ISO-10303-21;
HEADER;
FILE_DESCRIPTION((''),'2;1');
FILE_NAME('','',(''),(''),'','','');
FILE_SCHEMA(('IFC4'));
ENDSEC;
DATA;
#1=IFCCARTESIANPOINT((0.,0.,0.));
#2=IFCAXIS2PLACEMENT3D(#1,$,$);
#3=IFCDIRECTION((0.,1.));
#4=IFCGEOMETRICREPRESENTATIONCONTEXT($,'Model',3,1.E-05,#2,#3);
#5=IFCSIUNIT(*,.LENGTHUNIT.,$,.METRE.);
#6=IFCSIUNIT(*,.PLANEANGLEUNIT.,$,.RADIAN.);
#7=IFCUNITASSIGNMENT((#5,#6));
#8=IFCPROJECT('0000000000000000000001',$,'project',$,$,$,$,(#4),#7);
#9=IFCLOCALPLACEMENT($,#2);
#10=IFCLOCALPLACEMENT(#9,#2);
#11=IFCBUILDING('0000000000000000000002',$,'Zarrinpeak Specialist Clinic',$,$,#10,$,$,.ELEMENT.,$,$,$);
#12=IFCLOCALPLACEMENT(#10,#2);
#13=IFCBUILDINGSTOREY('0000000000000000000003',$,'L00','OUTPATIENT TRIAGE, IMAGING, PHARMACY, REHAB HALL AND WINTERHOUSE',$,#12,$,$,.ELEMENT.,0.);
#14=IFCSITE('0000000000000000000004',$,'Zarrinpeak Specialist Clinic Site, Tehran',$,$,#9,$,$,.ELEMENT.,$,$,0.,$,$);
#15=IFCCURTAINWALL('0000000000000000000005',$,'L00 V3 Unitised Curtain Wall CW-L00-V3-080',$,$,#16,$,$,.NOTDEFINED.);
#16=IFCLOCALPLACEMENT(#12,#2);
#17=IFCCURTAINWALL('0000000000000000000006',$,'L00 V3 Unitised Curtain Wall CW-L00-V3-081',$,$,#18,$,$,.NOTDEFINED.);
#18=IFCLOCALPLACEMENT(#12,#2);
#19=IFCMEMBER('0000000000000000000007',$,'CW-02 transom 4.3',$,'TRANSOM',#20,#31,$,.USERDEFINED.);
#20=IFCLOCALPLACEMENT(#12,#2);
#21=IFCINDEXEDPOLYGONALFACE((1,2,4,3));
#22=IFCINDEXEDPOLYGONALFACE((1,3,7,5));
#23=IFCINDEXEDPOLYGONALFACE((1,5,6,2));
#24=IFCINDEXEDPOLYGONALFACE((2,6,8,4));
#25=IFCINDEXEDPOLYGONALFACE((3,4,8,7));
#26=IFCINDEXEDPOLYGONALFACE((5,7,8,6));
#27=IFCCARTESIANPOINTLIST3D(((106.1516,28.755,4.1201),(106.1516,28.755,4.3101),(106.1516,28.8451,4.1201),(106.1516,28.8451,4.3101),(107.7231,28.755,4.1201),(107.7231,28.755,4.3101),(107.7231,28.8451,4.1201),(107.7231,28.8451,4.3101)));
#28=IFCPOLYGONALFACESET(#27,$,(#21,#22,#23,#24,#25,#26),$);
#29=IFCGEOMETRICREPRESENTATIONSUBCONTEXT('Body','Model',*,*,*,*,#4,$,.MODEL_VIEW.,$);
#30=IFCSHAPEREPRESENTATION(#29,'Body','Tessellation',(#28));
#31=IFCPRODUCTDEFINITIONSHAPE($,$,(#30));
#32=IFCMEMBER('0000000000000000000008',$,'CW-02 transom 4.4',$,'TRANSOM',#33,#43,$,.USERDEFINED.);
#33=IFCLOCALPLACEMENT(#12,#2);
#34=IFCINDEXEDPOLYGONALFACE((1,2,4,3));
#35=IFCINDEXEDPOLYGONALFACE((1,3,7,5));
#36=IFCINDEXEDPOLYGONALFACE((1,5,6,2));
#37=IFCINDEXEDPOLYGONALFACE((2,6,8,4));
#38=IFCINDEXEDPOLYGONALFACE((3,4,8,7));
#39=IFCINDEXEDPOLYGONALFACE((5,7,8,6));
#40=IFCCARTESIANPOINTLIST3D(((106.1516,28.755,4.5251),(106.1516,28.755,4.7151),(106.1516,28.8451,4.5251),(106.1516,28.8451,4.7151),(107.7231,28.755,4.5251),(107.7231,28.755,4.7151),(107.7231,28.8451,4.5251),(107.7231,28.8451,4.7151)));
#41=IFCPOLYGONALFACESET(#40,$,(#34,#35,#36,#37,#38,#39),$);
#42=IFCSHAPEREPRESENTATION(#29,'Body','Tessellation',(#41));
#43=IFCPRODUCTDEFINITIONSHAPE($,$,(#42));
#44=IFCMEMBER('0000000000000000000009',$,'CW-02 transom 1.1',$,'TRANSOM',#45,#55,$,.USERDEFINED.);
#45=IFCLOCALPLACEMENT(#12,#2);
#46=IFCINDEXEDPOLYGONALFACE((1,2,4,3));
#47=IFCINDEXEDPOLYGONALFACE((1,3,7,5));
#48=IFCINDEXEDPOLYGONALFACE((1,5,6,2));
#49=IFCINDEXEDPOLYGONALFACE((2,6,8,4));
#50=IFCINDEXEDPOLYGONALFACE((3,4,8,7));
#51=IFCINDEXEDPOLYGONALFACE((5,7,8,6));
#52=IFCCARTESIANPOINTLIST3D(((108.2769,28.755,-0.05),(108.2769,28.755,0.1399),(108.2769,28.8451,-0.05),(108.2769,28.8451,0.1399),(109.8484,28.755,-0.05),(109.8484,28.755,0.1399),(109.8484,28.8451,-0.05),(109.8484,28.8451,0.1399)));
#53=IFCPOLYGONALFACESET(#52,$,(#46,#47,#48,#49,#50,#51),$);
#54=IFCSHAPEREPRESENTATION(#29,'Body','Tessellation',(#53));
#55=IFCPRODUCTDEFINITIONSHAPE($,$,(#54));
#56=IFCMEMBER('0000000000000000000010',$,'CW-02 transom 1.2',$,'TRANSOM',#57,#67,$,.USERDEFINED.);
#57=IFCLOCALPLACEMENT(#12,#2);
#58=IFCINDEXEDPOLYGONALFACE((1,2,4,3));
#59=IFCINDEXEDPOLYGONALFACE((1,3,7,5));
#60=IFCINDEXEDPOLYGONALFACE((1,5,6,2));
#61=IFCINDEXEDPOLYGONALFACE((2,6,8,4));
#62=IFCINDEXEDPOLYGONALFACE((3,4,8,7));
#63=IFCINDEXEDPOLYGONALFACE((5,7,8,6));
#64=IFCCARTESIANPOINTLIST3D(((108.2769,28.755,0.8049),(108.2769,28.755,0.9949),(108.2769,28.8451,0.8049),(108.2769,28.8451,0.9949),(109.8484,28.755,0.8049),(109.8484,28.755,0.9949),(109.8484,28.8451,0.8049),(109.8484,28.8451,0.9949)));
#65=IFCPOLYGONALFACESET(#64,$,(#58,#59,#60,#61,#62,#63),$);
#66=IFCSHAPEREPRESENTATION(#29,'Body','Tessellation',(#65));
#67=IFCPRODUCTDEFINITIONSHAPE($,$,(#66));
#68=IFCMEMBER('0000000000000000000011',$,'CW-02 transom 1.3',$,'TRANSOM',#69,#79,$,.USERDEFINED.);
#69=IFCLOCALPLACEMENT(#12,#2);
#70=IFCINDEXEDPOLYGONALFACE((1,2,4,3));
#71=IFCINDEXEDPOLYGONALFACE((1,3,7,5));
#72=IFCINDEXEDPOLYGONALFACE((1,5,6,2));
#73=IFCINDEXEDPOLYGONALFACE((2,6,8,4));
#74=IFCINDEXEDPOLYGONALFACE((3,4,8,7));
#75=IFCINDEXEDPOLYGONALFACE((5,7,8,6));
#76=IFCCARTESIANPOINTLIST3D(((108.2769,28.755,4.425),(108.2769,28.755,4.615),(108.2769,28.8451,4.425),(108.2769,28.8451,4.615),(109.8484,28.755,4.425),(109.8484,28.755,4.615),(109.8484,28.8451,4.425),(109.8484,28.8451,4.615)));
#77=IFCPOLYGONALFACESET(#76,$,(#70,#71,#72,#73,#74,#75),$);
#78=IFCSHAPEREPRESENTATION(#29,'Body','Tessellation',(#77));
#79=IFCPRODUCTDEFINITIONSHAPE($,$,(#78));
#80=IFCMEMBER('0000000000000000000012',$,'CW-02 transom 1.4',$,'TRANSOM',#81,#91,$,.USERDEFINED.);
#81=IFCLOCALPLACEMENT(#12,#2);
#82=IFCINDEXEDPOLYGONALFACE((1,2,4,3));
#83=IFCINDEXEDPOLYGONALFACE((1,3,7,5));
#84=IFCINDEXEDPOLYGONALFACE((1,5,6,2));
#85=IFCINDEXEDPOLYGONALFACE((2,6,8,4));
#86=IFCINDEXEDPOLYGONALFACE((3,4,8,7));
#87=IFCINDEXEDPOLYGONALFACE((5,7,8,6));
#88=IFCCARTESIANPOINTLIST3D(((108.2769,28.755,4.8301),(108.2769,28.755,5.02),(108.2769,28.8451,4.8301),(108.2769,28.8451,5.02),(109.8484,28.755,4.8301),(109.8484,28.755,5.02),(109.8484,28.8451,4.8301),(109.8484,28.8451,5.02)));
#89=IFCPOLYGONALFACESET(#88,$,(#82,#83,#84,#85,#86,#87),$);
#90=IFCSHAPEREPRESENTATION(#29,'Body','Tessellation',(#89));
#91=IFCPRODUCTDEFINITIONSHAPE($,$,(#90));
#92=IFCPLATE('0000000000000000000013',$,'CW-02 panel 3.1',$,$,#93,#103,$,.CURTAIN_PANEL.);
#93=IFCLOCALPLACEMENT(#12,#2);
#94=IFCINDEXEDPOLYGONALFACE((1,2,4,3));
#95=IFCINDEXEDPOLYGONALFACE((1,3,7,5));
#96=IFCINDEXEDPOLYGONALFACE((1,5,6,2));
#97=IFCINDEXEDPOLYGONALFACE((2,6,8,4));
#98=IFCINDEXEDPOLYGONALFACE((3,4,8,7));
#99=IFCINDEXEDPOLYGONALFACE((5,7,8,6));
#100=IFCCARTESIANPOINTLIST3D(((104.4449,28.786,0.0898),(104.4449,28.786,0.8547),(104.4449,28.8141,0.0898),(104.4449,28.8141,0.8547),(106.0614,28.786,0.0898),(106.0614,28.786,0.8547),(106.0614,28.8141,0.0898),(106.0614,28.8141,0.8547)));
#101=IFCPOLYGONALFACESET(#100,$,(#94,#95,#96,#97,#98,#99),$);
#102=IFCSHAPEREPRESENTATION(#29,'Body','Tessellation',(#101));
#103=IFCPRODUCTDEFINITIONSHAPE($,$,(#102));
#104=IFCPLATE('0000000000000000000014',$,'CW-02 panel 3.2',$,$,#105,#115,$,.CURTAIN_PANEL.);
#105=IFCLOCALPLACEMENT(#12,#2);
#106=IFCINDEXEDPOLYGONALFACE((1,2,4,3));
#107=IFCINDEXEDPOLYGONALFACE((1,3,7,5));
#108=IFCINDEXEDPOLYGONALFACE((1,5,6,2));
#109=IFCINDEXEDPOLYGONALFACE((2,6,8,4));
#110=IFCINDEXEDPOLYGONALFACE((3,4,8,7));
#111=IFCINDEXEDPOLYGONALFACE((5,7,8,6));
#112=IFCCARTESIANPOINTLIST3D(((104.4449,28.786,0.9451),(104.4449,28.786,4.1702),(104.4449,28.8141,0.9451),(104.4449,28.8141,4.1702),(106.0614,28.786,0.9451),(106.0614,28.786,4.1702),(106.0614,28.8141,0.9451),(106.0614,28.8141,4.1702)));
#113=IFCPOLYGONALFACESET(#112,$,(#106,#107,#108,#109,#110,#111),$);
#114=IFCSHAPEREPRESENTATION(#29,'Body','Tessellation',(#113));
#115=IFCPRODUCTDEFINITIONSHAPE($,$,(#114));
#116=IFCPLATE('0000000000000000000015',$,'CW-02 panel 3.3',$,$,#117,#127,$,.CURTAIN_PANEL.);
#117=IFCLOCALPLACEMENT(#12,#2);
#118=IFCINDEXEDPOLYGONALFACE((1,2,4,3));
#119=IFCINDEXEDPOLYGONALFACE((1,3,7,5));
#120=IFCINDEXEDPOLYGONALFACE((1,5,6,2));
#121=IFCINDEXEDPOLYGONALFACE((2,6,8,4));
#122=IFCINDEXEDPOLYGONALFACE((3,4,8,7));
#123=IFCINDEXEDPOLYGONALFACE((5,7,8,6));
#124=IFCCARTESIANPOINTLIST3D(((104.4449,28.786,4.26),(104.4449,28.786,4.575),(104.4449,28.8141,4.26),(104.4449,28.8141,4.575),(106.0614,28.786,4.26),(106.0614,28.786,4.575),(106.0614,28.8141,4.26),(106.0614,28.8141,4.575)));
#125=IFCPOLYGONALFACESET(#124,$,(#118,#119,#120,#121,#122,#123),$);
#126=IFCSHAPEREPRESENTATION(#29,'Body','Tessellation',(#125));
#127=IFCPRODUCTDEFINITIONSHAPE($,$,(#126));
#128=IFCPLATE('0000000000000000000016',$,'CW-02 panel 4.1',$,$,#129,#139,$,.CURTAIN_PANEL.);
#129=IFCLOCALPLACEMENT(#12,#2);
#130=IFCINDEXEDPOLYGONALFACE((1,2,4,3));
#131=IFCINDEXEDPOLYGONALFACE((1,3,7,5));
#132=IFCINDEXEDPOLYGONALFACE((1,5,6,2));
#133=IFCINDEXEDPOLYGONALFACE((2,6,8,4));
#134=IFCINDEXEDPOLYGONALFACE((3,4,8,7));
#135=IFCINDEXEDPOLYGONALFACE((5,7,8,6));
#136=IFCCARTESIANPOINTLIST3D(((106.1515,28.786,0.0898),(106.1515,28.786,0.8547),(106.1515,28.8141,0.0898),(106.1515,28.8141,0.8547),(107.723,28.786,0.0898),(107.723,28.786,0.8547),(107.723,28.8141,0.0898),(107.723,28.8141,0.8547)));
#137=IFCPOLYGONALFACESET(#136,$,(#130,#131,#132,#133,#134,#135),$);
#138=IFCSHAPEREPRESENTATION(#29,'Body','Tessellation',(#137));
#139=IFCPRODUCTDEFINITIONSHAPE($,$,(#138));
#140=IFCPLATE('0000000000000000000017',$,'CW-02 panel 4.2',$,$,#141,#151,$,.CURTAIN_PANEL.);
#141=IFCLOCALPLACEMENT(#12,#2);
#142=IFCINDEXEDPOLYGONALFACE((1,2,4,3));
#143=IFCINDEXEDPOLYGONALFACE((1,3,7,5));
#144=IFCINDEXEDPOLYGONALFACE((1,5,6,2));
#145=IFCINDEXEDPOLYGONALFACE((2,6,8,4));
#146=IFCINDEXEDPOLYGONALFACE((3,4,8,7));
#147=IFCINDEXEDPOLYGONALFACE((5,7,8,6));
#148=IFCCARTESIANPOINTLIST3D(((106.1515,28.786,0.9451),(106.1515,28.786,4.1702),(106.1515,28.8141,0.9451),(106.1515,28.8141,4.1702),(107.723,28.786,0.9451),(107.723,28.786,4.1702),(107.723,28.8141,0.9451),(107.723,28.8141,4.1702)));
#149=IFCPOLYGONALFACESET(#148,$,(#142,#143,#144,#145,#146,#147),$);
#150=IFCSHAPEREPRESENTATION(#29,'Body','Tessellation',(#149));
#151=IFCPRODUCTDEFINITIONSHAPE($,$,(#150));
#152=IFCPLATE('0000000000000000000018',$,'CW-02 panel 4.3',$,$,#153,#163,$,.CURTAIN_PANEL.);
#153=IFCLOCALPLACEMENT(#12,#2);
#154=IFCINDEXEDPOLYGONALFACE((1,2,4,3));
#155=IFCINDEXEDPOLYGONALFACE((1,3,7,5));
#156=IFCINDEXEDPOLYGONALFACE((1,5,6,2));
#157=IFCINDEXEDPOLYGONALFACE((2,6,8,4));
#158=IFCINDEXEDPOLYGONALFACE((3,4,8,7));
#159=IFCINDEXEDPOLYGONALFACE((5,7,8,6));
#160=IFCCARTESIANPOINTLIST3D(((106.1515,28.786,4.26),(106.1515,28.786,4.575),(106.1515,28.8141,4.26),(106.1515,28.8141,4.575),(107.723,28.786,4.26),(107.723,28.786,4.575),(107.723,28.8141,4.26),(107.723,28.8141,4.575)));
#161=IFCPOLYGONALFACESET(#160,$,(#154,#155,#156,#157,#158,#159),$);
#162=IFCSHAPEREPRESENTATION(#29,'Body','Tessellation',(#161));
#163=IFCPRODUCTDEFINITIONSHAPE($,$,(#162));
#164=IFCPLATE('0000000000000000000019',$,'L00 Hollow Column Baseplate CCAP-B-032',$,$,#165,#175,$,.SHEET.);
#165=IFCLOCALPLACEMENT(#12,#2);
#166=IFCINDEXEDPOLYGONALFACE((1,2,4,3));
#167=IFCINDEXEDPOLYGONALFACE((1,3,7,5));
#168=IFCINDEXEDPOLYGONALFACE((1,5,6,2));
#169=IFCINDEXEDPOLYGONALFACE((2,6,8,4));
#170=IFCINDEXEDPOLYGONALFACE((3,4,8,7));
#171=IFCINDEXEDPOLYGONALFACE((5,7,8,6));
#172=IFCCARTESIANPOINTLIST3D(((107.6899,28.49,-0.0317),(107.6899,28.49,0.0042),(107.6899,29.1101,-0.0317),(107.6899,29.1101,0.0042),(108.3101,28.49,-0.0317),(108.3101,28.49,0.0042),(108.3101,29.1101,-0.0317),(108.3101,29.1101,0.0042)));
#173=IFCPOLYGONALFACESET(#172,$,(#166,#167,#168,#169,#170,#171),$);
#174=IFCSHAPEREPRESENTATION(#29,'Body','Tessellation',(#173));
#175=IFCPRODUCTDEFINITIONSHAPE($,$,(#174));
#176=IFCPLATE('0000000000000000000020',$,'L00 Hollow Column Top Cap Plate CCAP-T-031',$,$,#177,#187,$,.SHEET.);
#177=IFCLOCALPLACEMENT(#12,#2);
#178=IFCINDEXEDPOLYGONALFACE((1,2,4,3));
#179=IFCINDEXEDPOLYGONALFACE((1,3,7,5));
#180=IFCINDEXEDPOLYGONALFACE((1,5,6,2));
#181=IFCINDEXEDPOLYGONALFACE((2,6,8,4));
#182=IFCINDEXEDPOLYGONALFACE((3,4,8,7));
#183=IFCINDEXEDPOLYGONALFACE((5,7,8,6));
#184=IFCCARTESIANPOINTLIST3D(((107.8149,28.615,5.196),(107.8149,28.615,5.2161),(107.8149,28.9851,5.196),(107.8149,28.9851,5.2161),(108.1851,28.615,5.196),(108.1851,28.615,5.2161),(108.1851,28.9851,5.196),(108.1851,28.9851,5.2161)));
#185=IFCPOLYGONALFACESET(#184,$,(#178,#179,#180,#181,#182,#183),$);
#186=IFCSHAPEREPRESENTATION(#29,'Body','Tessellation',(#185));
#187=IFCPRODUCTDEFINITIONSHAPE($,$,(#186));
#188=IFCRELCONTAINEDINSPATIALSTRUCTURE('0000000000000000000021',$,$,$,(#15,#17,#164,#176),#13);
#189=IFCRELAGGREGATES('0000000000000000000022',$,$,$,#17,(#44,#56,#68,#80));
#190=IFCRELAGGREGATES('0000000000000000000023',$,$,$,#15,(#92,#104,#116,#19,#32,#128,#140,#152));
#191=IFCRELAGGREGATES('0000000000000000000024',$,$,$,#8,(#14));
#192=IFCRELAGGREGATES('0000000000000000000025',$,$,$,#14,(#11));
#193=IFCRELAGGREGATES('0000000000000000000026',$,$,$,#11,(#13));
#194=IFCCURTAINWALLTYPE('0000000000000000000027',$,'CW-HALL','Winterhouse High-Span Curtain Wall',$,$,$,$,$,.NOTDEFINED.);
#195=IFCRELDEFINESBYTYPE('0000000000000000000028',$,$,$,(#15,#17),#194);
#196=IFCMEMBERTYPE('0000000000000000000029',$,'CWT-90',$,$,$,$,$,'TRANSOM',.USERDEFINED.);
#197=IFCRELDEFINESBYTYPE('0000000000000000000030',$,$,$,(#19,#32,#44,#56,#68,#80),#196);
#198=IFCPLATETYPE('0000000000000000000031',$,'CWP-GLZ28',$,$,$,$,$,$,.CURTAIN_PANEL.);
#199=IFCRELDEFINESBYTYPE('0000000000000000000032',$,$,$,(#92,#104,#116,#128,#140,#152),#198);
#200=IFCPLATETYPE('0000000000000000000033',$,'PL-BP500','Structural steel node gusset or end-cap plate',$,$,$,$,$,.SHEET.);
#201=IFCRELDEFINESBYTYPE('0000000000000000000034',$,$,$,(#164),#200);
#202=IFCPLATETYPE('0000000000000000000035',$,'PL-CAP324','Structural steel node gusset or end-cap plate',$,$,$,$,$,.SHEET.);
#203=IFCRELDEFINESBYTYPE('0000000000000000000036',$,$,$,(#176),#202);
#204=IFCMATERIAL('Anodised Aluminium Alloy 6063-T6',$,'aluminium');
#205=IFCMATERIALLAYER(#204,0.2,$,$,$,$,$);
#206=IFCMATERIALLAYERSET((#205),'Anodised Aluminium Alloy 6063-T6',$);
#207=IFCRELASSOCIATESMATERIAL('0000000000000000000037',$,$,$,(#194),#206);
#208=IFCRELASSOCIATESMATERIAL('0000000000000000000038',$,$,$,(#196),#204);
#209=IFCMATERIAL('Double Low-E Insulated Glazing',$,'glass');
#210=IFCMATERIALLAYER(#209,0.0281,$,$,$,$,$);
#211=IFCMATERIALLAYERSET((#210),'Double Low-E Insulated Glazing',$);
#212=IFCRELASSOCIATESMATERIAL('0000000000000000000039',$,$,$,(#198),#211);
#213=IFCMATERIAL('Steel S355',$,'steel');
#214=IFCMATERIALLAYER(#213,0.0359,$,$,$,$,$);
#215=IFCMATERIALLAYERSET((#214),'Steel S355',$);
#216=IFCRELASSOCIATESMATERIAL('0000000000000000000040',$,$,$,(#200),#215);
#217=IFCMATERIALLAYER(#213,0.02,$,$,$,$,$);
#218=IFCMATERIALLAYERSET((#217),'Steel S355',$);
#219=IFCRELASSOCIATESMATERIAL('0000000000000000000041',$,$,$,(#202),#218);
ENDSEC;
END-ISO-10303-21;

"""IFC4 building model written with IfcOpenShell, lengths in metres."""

from ifc_helpers import new_model, si_unit, direction, frame, origin, origin_2d, place, context, subcontext, project, spatial, rectangle, extrude, material, layer, layer_set, material_profile, profile_set, type_object, element, aggregate, save


model = new_model("IFC4")

# Units and contexts
model_context = context("Model", 3, precision=1e-05, world=origin(), true_north=direction((0.0, 1.0)))
body_context = subcontext(model_context, "Body", "Model", "MODEL_VIEW")
ifc_project = project(units=[si_unit("LENGTHUNIT", "METRE"), si_unit("PLANEANGLEUNIT", "RADIAN")], contexts=[model_context])

# Site, building, storey
site_placement = place(None, origin())
site = spatial("IfcSite", under=ifc_project, at=site_placement, Name="Zarrinpeak Specialist Clinic Site, Tehran", CompositionType="ELEMENT", RefElevation=0.0)
building_placement = place(site_placement, origin())
building = spatial("IfcBuilding", under=site, at=building_placement, Name="Zarrinpeak Specialist Clinic", CompositionType="ELEMENT")
storey_placement = place(building_placement, origin())
storey = spatial("IfcBuildingStorey", under=building, at=storey_placement, Name="L00", Description="OUTPATIENT TRIAGE, IMAGING, PHARMACY, REHAB HALL AND WINTERHOUSE", CompositionType="ELEMENT", Elevation=0.0)

# Shared definitions
ifc_material_1 = material(Name="Steel S355", Category="steel")

# Curtain wall
ifc_material_2 = material(Name="Anodised Aluminium Alloy 6063-T6", Category="aluminium")
ifc_layer_1 = layer(ifc_material_2, 0.2)
ifc_layer_set_1 = layer_set([ifc_layer_1], Name="Anodised Aluminium Alloy 6063-T6")
curtain_wall_type = type_object("IfcCurtainWallType", Name="CW-HALL", Description="Winterhouse High-Span Curtain Wall", PredefinedType="NOTDEFINED", material=ifc_layer_set_1)
curtain_wall_1_placement = place(storey_placement, origin())
curtain_wall_1 = element("IfcCurtainWall", 1, at=curtain_wall_1_placement, inside=storey, type_object=curtain_wall_type, Name="L00 V3 Unitised Curtain Wall CW-L00-V3-080", PredefinedType="NOTDEFINED")

# Curtain wall
curtain_wall_2_placement = place(storey_placement, origin())
curtain_wall_2 = element("IfcCurtainWall", 2, at=curtain_wall_2_placement, inside=storey, type_object=curtain_wall_type, Name="L00 V3 Unitised Curtain Wall CW-L00-V3-081", PredefinedType="NOTDEFINED")

# Members
ifc_material_profile_1 = material_profile(ifc_material_2, rectangle(XDim=0.0901, YDim=0.1899, at=origin_2d()), Name="ALU 90x190")
ifc_profile_set_1 = profile_set([ifc_material_profile_1], Name="Anodised Aluminium Alloy 6063-T6")
member_type_1 = type_object("IfcMemberType", Name="CWT-90", ElementType="TRANSOM", PredefinedType="USERDEFINED", material=ifc_profile_set_1)
member_1_placement = place(storey_placement, frame((106.1516, 28.8, 4.2151), z_axis=(1.0, 0.0, 0.0), x_axis=(0.0, 1.0, 0.0)))
member_1 = element("IfcMember", 3, at=member_1_placement, type_object=member_type_1, Name="CW-02 transom 4.3", ObjectType="TRANSOM", PredefinedType="USERDEFINED", context=body_context, shape_type="SweptSolid", body=[
    extrude(rectangle(XDim=0.0901, YDim=0.1899, at=origin_2d()), origin(), (0.0, 0.0, 1.0), 1.5715),
])
member_2_placement = place(storey_placement, frame((106.1516, 28.8, 4.6201), z_axis=(1.0, 0.0, 0.0), x_axis=(0.0, 1.0, 0.0)))
member_2 = element("IfcMember", 4, at=member_2_placement, type_object=member_type_1, Name="CW-02 transom 4.4", ObjectType="TRANSOM", PredefinedType="USERDEFINED", context=body_context, shape_type="SweptSolid", body=[
    extrude(rectangle(XDim=0.0901, YDim=0.1899, at=origin_2d()), origin(), (0.0, 0.0, 1.0), 1.5715),
])
member_3_placement = place(storey_placement, frame((108.2769, 28.8, 0.0449), z_axis=(1.0, 0.0, 0.0), x_axis=(0.0, 1.0, 0.0)))
member_3 = element("IfcMember", 5, at=member_3_placement, type_object=member_type_1, Name="CW-02 transom 1.1", ObjectType="TRANSOM", PredefinedType="USERDEFINED", context=body_context, shape_type="SweptSolid", body=[
    extrude(rectangle(XDim=0.0901, YDim=0.1899, at=origin_2d()), origin(), (0.0, 0.0, 1.0), 1.5715),
])
member_4_placement = place(storey_placement, frame((108.2769, 28.8, 0.8999), z_axis=(1.0, 0.0, 0.0), x_axis=(0.0, 1.0, 0.0)))
member_4 = element("IfcMember", 6, at=member_4_placement, type_object=member_type_1, Name="CW-02 transom 1.2", ObjectType="TRANSOM", PredefinedType="USERDEFINED", context=body_context, shape_type="SweptSolid", body=[
    extrude(rectangle(XDim=0.0901, YDim=0.1899, at=origin_2d()), origin(), (0.0, 0.0, 1.0), 1.5715),
])
member_5_placement = place(storey_placement, frame((108.2769, 28.8, 4.52), z_axis=(1.0, 0.0, 0.0), x_axis=(0.0, 1.0, 0.0)))
member_5 = element("IfcMember", 7, at=member_5_placement, type_object=member_type_1, Name="CW-02 transom 1.3", ObjectType="TRANSOM", PredefinedType="USERDEFINED", context=body_context, shape_type="SweptSolid", body=[
    extrude(rectangle(XDim=0.0901, YDim=0.1899, at=origin_2d()), origin(), (0.0, 0.0, 1.0), 1.5715),
])
member_6_placement = place(storey_placement, frame((108.2769, 28.8, 4.925), z_axis=(1.0, 0.0, 0.0), x_axis=(0.0, 1.0, 0.0)))
member_6 = element("IfcMember", 8, at=member_6_placement, type_object=member_type_1, Name="CW-02 transom 1.4", ObjectType="TRANSOM", PredefinedType="USERDEFINED", context=body_context, shape_type="SweptSolid", body=[
    extrude(rectangle(XDim=0.0901, YDim=0.1899, at=origin_2d()), origin(), (0.0, 0.0, 1.0), 1.5715),
])
aggregate(curtain_wall_2, [member_3, member_4, member_5, member_6])

# Plates
ifc_material_3 = material(Name="Double Low-E Insulated Glazing", Category="glass")
ifc_layer_2 = layer(ifc_material_3, 0.0281)
ifc_layer_set_2 = layer_set([ifc_layer_2], Name="Double Low-E Insulated Glazing")
plate_type_1 = type_object("IfcPlateType", Name="CWP-GLZ28", PredefinedType="CURTAIN_PANEL", material=ifc_layer_set_2)
plate_1_placement = place(storey_placement, frame((105.2532, 28.8, 0.0898), z_axis=(0.0, 0.0, 1.0), x_axis=(1.0, 0.0, 0.0)))
plate_1 = element("IfcPlate", 9, at=plate_1_placement, type_object=plate_type_1, Name="CW-02 panel 3.1", PredefinedType="CURTAIN_PANEL", context=body_context, shape_type="SweptSolid", body=[
    extrude(rectangle(XDim=1.6165, YDim=0.0281, at=origin_2d()), origin(), (0.0, 0.0, 1.0), 0.7649),
])
plate_2_placement = place(storey_placement, frame((105.2532, 28.8, 0.9451), z_axis=(0.0, 0.0, 1.0), x_axis=(1.0, 0.0, 0.0)))
plate_2 = element("IfcPlate", 10, at=plate_2_placement, type_object=plate_type_1, Name="CW-02 panel 3.2", PredefinedType="CURTAIN_PANEL", context=body_context, shape_type="SweptSolid", body=[
    extrude(rectangle(XDim=1.6165, YDim=0.0281, at=origin_2d()), origin(), (0.0, 0.0, 1.0), 3.2251),
])
plate_3_placement = place(storey_placement, frame((105.2532, 28.8, 4.26), z_axis=(0.0, 0.0, 1.0), x_axis=(1.0, 0.0, 0.0)))
plate_3 = element("IfcPlate", 11, at=plate_3_placement, type_object=plate_type_1, Name="CW-02 panel 3.3", PredefinedType="CURTAIN_PANEL", context=body_context, shape_type="SweptSolid", body=[
    extrude(rectangle(XDim=1.6165, YDim=0.0281, at=origin_2d()), origin(), (0.0, 0.0, 1.0), 0.3149),
])
plate_4_placement = place(storey_placement, frame((106.9373, 28.8, 0.0898), z_axis=(0.0, 0.0, 1.0), x_axis=(1.0, 0.0, 0.0)))
plate_4 = element("IfcPlate", 12, at=plate_4_placement, type_object=plate_type_1, Name="CW-02 panel 4.1", PredefinedType="CURTAIN_PANEL", context=body_context, shape_type="SweptSolid", body=[
    extrude(rectangle(XDim=1.5715, YDim=0.0281, at=origin_2d()), origin(), (0.0, 0.0, 1.0), 0.7649),
])
plate_5_placement = place(storey_placement, frame((106.9373, 28.8, 0.9451), z_axis=(0.0, 0.0, 1.0), x_axis=(1.0, 0.0, 0.0)))
plate_5 = element("IfcPlate", 13, at=plate_5_placement, type_object=plate_type_1, Name="CW-02 panel 4.2", PredefinedType="CURTAIN_PANEL", context=body_context, shape_type="SweptSolid", body=[
    extrude(rectangle(XDim=1.5715, YDim=0.0281, at=origin_2d()), origin(), (0.0, 0.0, 1.0), 3.2251),
])
plate_6_placement = place(storey_placement, frame((106.9373, 28.8, 4.26), z_axis=(0.0, 0.0, 1.0), x_axis=(1.0, 0.0, 0.0)))
plate_6 = element("IfcPlate", 14, at=plate_6_placement, type_object=plate_type_1, Name="CW-02 panel 4.3", PredefinedType="CURTAIN_PANEL", context=body_context, shape_type="SweptSolid", body=[
    extrude(rectangle(XDim=1.5715, YDim=0.0281, at=origin_2d()), origin(), (0.0, 0.0, 1.0), 0.3149),
])
aggregate(curtain_wall_1, [plate_1, plate_2, plate_3, member_1, member_2, plate_4, plate_5, plate_6])

# Plates
ifc_layer_3 = layer(ifc_material_1, 0.0359)
ifc_layer_set_3 = layer_set([ifc_layer_3], Name="Steel S355")
plate_type_2 = type_object("IfcPlateType", Name="PL-BP500", Description="Structural steel node gusset or end-cap plate", PredefinedType="SHEET", material=ifc_layer_set_3)
plate_7_placement = place(storey_placement, frame((108.0, 28.8, -0.0317), z_axis=(0.0, 0.0, 1.0), x_axis=(1.0, 0.0, 0.0)))
element("IfcPlate", 15, at=plate_7_placement, inside=storey, type_object=plate_type_2, Name="L00 Hollow Column Baseplate CCAP-B-032", PredefinedType="SHEET", context=body_context, shape_type="SweptSolid", body=[
    extrude(rectangle(XDim=0.6201, YDim=0.6201, at=origin_2d()), origin(), (0.0, 0.0, 1.0), 0.0359),
])
ifc_layer_4 = layer(ifc_material_1, 0.02)
ifc_layer_set_4 = layer_set([ifc_layer_4], Name="Steel S355")
plate_type_3 = type_object("IfcPlateType", Name="PL-CAP324", Description="Structural steel node gusset or end-cap plate", PredefinedType="SHEET", material=ifc_layer_set_4)
plate_8_placement = place(storey_placement, frame((108.0, 28.8, 5.196), z_axis=(0.0, 0.0, 1.0), x_axis=(1.0, 0.0, 0.0)))
element("IfcPlate", 16, at=plate_8_placement, inside=storey, type_object=plate_type_3, Name="L00 Hollow Column Top Cap Plate CCAP-T-031", PredefinedType="SHEET", context=body_context, shape_type="SweptSolid", body=[
    extrude(rectangle(XDim=0.3701, YDim=0.3701, at=origin_2d()), origin(), (0.0, 0.0, 1.0), 0.02),
])

save(model, "model.ifc")
